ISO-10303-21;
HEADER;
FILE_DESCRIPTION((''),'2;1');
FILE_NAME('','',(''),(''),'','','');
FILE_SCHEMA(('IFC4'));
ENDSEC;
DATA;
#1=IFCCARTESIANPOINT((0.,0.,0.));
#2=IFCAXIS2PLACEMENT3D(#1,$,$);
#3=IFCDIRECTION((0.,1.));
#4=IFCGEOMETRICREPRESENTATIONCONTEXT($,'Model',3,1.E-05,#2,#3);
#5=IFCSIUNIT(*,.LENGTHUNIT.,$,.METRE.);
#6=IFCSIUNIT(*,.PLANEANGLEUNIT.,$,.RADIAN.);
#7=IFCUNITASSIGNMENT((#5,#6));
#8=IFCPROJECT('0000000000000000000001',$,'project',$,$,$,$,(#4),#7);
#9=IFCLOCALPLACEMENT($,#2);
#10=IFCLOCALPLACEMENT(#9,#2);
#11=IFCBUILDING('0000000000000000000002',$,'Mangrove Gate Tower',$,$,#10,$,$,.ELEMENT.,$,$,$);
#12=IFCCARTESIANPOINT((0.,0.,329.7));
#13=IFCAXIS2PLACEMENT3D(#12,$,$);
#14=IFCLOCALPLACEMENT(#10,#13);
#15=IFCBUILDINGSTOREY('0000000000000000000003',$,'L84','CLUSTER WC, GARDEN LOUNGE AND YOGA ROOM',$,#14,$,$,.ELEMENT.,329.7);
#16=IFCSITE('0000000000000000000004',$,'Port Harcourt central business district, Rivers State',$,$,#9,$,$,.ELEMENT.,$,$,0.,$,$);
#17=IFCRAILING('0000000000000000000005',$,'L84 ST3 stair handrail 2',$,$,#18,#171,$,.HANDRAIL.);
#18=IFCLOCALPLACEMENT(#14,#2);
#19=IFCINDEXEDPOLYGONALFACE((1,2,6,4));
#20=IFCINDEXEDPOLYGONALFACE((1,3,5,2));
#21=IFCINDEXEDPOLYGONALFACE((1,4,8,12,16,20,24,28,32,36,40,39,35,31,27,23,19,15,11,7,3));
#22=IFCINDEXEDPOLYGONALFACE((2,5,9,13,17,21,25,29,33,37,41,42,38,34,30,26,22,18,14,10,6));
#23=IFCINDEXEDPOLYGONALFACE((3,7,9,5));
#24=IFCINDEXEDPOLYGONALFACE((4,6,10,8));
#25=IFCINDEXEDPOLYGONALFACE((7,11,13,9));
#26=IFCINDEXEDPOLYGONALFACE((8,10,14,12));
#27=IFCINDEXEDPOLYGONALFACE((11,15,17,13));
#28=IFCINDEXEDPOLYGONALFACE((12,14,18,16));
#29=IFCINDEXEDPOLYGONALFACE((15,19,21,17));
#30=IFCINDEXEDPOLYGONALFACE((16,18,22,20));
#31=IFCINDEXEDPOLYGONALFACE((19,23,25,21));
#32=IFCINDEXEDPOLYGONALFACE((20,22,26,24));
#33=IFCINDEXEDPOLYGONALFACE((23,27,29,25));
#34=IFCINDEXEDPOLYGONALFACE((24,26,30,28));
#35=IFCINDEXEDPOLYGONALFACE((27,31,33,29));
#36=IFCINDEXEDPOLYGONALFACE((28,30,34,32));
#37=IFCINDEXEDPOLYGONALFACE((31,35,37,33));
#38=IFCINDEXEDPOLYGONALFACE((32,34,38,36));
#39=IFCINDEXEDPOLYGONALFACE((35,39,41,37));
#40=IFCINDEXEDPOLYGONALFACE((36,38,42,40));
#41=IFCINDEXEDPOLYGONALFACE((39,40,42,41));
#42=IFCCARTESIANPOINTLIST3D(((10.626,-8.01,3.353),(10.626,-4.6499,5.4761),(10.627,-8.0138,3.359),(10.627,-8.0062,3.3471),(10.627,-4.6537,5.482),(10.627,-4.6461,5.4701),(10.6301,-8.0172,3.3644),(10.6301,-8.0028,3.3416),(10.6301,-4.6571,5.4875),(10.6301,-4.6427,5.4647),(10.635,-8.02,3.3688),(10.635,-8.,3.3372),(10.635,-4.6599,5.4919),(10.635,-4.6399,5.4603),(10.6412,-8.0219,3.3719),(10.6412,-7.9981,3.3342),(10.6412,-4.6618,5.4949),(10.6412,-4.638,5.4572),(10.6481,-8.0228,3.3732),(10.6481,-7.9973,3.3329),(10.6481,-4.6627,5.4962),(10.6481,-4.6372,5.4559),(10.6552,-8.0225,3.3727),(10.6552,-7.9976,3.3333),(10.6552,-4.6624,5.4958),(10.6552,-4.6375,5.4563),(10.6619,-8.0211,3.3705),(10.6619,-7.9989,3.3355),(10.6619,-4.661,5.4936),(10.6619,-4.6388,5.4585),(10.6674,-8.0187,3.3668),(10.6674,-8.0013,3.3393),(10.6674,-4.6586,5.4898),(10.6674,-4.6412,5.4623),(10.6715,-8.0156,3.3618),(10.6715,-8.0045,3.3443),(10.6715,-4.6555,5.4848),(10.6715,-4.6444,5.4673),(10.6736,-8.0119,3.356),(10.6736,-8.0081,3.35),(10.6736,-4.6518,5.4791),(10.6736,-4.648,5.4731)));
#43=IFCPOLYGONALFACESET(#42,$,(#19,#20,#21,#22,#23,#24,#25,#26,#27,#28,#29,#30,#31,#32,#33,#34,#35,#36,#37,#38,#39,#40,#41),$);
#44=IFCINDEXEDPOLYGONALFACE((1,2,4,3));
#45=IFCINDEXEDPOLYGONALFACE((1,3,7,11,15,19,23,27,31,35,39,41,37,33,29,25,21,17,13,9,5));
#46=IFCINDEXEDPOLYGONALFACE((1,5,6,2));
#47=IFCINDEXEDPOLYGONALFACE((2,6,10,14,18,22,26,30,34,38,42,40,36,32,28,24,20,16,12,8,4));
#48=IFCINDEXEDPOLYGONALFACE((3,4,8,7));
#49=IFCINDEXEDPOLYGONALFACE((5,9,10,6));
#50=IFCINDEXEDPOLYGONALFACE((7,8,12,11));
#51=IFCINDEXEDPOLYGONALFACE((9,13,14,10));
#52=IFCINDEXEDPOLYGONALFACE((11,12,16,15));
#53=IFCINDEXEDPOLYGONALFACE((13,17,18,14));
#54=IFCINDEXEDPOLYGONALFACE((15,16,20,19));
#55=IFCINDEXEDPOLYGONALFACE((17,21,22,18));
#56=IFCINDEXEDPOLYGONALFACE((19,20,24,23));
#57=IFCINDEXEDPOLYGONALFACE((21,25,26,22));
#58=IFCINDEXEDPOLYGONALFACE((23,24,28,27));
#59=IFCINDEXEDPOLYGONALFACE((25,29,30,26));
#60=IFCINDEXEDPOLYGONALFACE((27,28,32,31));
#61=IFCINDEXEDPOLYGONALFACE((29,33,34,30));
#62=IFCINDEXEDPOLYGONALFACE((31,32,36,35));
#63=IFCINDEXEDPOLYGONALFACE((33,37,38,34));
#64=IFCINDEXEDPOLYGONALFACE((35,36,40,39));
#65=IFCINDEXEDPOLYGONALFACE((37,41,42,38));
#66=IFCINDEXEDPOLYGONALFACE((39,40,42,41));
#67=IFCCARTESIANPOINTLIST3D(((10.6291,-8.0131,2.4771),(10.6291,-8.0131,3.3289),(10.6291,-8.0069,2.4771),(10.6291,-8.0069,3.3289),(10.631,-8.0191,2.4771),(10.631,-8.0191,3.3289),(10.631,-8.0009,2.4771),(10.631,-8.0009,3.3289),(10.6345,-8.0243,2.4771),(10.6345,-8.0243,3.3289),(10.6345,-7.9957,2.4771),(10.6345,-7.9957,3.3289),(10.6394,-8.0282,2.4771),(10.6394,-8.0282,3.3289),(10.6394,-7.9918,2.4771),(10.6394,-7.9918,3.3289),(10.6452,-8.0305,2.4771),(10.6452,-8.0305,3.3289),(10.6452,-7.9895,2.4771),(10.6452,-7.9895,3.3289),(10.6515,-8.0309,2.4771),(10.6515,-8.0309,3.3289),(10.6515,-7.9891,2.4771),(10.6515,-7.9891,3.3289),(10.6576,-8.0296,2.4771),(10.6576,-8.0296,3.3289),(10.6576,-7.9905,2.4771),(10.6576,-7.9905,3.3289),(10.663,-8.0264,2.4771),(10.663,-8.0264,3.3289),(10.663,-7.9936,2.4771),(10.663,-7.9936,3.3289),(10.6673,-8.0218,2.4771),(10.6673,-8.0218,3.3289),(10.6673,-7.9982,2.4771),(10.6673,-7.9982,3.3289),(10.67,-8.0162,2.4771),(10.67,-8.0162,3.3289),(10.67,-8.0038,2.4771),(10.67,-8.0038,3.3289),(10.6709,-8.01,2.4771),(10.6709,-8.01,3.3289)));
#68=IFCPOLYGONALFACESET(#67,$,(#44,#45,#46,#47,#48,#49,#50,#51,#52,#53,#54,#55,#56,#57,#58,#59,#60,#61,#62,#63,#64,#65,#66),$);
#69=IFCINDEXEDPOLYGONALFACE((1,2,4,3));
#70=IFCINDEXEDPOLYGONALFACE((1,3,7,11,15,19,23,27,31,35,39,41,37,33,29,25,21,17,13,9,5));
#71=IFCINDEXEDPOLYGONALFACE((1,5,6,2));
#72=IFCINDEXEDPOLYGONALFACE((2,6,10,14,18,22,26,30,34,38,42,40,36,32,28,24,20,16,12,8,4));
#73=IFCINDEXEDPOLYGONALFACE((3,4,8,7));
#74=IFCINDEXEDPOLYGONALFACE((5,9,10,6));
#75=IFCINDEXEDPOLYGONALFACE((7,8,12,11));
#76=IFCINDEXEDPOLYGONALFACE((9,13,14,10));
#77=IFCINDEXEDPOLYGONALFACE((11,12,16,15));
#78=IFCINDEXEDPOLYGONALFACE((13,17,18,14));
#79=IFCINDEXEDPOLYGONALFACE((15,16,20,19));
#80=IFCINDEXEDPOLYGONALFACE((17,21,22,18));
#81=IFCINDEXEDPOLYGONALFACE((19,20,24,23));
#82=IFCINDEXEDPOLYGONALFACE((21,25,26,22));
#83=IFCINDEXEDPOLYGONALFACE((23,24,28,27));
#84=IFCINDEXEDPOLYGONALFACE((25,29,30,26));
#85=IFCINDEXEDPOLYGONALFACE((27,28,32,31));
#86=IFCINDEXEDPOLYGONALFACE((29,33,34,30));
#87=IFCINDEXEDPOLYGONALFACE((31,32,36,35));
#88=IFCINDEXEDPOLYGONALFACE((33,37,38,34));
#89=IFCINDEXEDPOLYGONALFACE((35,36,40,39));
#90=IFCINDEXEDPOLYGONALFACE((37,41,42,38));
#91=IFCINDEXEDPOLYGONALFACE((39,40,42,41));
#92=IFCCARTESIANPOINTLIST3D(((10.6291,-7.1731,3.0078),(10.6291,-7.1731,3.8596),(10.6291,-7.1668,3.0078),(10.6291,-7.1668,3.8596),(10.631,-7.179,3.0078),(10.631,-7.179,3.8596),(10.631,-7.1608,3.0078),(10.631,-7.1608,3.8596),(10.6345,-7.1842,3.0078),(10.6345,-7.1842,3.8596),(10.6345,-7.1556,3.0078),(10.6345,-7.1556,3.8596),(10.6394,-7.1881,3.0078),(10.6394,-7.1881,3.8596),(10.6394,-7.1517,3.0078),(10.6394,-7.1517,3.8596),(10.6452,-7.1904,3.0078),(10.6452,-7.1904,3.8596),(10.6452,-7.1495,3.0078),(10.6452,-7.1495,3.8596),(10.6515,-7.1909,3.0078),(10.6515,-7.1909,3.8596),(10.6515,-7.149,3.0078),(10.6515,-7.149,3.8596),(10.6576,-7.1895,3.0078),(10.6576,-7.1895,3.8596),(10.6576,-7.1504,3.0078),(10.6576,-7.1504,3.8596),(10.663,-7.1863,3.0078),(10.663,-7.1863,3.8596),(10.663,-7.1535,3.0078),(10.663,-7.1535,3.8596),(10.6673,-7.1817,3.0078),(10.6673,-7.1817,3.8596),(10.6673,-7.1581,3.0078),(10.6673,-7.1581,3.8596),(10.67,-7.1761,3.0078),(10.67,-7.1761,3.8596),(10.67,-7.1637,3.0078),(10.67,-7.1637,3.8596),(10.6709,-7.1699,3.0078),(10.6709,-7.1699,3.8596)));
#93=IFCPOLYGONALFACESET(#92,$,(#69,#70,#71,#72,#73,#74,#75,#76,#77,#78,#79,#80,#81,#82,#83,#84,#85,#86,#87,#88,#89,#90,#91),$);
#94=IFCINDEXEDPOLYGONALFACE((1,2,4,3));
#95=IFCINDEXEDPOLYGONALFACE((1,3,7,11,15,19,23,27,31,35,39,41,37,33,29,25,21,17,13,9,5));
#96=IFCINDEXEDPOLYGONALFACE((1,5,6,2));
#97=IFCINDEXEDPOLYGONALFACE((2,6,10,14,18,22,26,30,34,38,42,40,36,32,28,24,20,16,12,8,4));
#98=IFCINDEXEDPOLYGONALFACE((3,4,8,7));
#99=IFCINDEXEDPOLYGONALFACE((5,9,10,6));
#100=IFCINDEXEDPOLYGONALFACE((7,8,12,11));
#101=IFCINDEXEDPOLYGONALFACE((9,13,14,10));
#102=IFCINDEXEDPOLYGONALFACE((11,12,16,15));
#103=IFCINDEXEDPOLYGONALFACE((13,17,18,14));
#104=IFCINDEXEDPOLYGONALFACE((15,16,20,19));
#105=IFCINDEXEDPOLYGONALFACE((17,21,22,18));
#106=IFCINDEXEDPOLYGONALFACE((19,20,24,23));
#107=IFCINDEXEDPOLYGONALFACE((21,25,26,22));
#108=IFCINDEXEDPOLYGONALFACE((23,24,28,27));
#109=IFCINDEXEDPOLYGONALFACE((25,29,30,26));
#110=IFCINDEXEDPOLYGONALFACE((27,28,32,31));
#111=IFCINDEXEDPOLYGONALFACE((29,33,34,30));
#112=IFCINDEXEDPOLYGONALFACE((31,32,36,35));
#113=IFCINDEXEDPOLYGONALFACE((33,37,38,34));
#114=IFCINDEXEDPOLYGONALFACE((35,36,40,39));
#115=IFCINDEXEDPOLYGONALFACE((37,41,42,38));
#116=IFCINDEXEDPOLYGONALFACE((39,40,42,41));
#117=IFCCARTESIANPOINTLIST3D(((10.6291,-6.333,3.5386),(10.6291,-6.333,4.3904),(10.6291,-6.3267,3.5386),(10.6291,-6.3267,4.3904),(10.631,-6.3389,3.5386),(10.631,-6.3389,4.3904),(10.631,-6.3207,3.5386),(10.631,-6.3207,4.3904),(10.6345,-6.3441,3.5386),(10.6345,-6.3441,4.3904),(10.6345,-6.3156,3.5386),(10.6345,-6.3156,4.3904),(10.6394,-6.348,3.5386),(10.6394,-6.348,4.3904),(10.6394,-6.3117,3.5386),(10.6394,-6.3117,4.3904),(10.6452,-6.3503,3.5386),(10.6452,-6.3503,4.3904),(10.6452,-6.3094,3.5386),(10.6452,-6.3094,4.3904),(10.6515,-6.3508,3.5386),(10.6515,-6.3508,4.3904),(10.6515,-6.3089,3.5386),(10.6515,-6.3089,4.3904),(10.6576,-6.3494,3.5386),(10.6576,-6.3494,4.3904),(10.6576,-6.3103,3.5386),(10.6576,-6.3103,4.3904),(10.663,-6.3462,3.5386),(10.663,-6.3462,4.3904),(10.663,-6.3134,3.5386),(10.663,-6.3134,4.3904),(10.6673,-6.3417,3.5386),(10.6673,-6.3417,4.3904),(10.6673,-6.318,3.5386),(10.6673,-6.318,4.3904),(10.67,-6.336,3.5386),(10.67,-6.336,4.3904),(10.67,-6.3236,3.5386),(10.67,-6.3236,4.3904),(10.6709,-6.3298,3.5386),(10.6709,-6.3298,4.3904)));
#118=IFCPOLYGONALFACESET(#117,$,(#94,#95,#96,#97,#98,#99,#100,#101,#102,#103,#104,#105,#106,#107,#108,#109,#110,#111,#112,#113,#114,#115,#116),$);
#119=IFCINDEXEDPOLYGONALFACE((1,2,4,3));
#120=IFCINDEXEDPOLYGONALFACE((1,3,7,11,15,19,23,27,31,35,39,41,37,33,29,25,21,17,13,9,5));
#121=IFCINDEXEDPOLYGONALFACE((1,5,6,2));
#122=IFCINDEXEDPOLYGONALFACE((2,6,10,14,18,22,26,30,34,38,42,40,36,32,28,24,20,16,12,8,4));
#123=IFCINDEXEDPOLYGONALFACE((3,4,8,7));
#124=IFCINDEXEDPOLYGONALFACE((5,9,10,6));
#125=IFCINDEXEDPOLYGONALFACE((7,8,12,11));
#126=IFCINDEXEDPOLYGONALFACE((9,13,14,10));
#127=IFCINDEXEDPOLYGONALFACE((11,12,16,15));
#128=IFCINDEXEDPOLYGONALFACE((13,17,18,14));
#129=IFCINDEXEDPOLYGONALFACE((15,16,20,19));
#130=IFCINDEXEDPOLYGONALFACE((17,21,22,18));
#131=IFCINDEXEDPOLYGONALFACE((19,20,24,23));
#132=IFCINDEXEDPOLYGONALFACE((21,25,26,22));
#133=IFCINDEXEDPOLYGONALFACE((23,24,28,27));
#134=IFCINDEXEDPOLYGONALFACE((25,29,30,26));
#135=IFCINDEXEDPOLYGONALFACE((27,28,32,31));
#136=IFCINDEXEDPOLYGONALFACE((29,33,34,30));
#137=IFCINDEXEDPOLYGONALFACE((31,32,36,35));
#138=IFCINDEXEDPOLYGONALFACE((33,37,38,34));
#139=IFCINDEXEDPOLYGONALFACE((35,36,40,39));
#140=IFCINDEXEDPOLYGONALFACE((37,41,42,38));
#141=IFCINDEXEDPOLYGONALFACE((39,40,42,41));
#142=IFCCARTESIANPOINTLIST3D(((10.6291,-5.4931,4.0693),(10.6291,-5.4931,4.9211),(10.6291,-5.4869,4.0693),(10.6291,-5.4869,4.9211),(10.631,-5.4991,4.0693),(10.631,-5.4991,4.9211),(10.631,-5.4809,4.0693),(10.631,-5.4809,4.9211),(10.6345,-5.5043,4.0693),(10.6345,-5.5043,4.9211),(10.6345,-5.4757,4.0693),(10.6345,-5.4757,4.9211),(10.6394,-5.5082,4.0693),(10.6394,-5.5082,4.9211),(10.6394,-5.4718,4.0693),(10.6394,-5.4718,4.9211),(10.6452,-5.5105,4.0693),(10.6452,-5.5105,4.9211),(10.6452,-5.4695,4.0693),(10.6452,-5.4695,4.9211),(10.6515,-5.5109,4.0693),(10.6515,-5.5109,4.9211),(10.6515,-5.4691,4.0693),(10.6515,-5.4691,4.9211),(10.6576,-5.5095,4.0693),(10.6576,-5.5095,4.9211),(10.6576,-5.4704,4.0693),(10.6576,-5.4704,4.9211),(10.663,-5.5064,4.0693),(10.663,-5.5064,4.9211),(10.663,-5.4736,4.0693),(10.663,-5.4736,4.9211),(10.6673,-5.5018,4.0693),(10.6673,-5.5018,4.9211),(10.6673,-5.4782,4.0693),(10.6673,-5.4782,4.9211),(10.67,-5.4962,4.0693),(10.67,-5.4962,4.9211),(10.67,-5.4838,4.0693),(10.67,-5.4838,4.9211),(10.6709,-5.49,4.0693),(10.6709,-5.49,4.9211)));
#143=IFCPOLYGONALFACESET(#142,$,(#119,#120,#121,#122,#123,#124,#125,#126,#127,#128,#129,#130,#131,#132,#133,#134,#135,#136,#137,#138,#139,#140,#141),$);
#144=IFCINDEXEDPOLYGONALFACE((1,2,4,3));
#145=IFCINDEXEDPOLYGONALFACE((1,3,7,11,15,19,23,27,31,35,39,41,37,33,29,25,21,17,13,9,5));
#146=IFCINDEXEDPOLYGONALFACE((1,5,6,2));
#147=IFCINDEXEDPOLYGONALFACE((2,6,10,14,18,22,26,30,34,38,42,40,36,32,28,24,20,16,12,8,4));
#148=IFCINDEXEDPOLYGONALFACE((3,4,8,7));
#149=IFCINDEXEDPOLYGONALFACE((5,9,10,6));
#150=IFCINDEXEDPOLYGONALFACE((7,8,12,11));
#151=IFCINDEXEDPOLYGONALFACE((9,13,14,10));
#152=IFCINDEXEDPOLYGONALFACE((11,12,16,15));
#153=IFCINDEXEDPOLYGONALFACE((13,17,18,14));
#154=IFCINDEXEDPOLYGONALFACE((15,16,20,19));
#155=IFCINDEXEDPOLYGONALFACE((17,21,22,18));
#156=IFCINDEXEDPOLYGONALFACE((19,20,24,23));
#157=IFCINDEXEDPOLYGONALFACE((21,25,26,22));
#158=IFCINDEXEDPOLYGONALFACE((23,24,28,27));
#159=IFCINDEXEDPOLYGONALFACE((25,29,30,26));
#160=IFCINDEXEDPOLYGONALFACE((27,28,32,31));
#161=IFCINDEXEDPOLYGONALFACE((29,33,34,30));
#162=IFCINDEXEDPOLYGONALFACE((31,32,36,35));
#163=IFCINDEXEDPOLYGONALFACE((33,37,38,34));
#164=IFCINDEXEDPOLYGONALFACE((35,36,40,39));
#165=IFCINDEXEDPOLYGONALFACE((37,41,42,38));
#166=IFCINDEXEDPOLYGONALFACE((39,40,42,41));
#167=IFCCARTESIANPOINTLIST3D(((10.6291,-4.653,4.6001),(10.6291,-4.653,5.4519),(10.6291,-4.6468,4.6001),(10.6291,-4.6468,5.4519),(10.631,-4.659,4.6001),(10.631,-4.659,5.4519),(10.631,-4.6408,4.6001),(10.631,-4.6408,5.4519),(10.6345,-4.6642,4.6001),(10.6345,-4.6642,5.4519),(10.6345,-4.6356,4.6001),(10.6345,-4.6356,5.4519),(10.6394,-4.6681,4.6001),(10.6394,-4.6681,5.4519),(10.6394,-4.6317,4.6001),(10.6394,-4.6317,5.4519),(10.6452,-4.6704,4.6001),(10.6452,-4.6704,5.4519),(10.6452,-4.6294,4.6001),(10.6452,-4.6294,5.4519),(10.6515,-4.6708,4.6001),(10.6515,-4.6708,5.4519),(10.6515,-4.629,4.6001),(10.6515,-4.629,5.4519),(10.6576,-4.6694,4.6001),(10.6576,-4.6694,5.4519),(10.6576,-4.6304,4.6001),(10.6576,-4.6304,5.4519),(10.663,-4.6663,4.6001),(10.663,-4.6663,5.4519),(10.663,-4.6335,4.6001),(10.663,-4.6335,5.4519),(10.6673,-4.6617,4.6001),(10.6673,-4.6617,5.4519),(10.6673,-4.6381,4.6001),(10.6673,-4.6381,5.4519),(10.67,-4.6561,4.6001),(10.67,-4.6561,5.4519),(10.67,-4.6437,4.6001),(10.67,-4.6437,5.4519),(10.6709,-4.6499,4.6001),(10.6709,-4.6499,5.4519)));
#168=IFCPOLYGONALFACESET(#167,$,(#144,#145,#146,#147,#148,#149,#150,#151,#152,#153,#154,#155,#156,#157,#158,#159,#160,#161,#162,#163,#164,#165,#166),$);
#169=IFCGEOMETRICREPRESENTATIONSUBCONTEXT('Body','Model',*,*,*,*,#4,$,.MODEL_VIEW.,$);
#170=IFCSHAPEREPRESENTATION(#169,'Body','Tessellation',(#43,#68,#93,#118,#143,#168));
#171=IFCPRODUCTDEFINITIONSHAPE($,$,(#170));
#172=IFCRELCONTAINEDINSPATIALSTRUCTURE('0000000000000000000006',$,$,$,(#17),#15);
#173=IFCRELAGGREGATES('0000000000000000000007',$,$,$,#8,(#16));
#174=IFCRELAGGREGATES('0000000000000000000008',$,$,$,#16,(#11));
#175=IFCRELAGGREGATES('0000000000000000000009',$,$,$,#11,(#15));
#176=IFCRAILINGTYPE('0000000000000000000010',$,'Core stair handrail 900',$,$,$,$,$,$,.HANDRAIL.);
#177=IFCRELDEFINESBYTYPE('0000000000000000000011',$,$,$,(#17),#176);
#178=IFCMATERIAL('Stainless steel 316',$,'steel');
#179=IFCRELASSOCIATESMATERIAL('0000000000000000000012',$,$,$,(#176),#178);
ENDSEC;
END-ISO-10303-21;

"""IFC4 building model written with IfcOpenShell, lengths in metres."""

from ifc_helpers import new_model, si_unit, direction, frame, origin, origin_2d, place, context, subcontext, project, spatial, circle, extrude, material, type_object, element, save


model = new_model("IFC4")

# Units and contexts
model_context = context("Model", 3, precision=1e-05, world=origin(), true_north=direction((0.0, 1.0)))
body_context = subcontext(model_context, "Body", "Model", "MODEL_VIEW")
ifc_project = project(units=[si_unit("LENGTHUNIT", "METRE"), si_unit("PLANEANGLEUNIT", "RADIAN")], contexts=[model_context])

# Site, building, storey
site_placement = place(None, origin())
site = spatial("IfcSite", under=ifc_project, at=site_placement, Name="Port Harcourt central business district, Rivers State", CompositionType="ELEMENT", RefElevation=0.0)
building_placement = place(site_placement, origin())
building = spatial("IfcBuilding", under=site, at=building_placement, Name="Mangrove Gate Tower", CompositionType="ELEMENT")
storey_placement = place(building_placement, frame((0.0, 0.0, 329.7)))
storey = spatial("IfcBuildingStorey", under=building, at=storey_placement, Name="L84", Description="CLUSTER WC, GARDEN LOUNGE AND YOGA ROOM", CompositionType="ELEMENT", Elevation=329.7)

# Railing
ifc_material_1 = material(Name="Stainless steel 316", Category="steel")
railing_type_1 = type_object("IfcRailingType", Name="Core stair handrail 900", PredefinedType="HANDRAIL", material=ifc_material_1)
railing_1_placement = place(storey_placement, frame((10.6499, -8.01, 2.4771)))
element("IfcRailing", 1, at=railing_1_placement, inside=storey, type_object=railing_type_1, Name="L84 ST3 stair handrail 2", PredefinedType="HANDRAIL", context=body_context, shape_type="SweptSolid", body=[
    extrude(circle(Radius=0.0239, at=origin_2d()), frame((0.0, 0.0, 0.876), z_axis=(0.0, 0.84539, 0.53415), x_axis=(-1.0, 0.0, 0.0)), (0.0, 0.0, 1.0), 3.9746),
    extrude(circle(Radius=0.021, at=origin_2d()), origin(), (0.0, 0.0, 1.0), 0.8518),
    extrude(circle(Radius=0.021, at=origin_2d()), frame((0.0, 0.8401, 0.5308)), (0.0, 0.0, 1.0), 0.8518),
    extrude(circle(Radius=0.021, at=origin_2d()), frame((0.0, 1.6802, 1.0615)), (0.0, 0.0, 1.0), 0.8518),
    extrude(circle(Radius=0.021, at=origin_2d()), frame((0.0, 2.52, 1.5923)), (0.0, 0.0, 1.0), 0.8518),
    extrude(circle(Radius=0.021, at=origin_2d()), frame((0.0, 3.3601, 2.123)), (0.0, 0.0, 1.0), 0.8518),
])

save(model, "model.ifc")
